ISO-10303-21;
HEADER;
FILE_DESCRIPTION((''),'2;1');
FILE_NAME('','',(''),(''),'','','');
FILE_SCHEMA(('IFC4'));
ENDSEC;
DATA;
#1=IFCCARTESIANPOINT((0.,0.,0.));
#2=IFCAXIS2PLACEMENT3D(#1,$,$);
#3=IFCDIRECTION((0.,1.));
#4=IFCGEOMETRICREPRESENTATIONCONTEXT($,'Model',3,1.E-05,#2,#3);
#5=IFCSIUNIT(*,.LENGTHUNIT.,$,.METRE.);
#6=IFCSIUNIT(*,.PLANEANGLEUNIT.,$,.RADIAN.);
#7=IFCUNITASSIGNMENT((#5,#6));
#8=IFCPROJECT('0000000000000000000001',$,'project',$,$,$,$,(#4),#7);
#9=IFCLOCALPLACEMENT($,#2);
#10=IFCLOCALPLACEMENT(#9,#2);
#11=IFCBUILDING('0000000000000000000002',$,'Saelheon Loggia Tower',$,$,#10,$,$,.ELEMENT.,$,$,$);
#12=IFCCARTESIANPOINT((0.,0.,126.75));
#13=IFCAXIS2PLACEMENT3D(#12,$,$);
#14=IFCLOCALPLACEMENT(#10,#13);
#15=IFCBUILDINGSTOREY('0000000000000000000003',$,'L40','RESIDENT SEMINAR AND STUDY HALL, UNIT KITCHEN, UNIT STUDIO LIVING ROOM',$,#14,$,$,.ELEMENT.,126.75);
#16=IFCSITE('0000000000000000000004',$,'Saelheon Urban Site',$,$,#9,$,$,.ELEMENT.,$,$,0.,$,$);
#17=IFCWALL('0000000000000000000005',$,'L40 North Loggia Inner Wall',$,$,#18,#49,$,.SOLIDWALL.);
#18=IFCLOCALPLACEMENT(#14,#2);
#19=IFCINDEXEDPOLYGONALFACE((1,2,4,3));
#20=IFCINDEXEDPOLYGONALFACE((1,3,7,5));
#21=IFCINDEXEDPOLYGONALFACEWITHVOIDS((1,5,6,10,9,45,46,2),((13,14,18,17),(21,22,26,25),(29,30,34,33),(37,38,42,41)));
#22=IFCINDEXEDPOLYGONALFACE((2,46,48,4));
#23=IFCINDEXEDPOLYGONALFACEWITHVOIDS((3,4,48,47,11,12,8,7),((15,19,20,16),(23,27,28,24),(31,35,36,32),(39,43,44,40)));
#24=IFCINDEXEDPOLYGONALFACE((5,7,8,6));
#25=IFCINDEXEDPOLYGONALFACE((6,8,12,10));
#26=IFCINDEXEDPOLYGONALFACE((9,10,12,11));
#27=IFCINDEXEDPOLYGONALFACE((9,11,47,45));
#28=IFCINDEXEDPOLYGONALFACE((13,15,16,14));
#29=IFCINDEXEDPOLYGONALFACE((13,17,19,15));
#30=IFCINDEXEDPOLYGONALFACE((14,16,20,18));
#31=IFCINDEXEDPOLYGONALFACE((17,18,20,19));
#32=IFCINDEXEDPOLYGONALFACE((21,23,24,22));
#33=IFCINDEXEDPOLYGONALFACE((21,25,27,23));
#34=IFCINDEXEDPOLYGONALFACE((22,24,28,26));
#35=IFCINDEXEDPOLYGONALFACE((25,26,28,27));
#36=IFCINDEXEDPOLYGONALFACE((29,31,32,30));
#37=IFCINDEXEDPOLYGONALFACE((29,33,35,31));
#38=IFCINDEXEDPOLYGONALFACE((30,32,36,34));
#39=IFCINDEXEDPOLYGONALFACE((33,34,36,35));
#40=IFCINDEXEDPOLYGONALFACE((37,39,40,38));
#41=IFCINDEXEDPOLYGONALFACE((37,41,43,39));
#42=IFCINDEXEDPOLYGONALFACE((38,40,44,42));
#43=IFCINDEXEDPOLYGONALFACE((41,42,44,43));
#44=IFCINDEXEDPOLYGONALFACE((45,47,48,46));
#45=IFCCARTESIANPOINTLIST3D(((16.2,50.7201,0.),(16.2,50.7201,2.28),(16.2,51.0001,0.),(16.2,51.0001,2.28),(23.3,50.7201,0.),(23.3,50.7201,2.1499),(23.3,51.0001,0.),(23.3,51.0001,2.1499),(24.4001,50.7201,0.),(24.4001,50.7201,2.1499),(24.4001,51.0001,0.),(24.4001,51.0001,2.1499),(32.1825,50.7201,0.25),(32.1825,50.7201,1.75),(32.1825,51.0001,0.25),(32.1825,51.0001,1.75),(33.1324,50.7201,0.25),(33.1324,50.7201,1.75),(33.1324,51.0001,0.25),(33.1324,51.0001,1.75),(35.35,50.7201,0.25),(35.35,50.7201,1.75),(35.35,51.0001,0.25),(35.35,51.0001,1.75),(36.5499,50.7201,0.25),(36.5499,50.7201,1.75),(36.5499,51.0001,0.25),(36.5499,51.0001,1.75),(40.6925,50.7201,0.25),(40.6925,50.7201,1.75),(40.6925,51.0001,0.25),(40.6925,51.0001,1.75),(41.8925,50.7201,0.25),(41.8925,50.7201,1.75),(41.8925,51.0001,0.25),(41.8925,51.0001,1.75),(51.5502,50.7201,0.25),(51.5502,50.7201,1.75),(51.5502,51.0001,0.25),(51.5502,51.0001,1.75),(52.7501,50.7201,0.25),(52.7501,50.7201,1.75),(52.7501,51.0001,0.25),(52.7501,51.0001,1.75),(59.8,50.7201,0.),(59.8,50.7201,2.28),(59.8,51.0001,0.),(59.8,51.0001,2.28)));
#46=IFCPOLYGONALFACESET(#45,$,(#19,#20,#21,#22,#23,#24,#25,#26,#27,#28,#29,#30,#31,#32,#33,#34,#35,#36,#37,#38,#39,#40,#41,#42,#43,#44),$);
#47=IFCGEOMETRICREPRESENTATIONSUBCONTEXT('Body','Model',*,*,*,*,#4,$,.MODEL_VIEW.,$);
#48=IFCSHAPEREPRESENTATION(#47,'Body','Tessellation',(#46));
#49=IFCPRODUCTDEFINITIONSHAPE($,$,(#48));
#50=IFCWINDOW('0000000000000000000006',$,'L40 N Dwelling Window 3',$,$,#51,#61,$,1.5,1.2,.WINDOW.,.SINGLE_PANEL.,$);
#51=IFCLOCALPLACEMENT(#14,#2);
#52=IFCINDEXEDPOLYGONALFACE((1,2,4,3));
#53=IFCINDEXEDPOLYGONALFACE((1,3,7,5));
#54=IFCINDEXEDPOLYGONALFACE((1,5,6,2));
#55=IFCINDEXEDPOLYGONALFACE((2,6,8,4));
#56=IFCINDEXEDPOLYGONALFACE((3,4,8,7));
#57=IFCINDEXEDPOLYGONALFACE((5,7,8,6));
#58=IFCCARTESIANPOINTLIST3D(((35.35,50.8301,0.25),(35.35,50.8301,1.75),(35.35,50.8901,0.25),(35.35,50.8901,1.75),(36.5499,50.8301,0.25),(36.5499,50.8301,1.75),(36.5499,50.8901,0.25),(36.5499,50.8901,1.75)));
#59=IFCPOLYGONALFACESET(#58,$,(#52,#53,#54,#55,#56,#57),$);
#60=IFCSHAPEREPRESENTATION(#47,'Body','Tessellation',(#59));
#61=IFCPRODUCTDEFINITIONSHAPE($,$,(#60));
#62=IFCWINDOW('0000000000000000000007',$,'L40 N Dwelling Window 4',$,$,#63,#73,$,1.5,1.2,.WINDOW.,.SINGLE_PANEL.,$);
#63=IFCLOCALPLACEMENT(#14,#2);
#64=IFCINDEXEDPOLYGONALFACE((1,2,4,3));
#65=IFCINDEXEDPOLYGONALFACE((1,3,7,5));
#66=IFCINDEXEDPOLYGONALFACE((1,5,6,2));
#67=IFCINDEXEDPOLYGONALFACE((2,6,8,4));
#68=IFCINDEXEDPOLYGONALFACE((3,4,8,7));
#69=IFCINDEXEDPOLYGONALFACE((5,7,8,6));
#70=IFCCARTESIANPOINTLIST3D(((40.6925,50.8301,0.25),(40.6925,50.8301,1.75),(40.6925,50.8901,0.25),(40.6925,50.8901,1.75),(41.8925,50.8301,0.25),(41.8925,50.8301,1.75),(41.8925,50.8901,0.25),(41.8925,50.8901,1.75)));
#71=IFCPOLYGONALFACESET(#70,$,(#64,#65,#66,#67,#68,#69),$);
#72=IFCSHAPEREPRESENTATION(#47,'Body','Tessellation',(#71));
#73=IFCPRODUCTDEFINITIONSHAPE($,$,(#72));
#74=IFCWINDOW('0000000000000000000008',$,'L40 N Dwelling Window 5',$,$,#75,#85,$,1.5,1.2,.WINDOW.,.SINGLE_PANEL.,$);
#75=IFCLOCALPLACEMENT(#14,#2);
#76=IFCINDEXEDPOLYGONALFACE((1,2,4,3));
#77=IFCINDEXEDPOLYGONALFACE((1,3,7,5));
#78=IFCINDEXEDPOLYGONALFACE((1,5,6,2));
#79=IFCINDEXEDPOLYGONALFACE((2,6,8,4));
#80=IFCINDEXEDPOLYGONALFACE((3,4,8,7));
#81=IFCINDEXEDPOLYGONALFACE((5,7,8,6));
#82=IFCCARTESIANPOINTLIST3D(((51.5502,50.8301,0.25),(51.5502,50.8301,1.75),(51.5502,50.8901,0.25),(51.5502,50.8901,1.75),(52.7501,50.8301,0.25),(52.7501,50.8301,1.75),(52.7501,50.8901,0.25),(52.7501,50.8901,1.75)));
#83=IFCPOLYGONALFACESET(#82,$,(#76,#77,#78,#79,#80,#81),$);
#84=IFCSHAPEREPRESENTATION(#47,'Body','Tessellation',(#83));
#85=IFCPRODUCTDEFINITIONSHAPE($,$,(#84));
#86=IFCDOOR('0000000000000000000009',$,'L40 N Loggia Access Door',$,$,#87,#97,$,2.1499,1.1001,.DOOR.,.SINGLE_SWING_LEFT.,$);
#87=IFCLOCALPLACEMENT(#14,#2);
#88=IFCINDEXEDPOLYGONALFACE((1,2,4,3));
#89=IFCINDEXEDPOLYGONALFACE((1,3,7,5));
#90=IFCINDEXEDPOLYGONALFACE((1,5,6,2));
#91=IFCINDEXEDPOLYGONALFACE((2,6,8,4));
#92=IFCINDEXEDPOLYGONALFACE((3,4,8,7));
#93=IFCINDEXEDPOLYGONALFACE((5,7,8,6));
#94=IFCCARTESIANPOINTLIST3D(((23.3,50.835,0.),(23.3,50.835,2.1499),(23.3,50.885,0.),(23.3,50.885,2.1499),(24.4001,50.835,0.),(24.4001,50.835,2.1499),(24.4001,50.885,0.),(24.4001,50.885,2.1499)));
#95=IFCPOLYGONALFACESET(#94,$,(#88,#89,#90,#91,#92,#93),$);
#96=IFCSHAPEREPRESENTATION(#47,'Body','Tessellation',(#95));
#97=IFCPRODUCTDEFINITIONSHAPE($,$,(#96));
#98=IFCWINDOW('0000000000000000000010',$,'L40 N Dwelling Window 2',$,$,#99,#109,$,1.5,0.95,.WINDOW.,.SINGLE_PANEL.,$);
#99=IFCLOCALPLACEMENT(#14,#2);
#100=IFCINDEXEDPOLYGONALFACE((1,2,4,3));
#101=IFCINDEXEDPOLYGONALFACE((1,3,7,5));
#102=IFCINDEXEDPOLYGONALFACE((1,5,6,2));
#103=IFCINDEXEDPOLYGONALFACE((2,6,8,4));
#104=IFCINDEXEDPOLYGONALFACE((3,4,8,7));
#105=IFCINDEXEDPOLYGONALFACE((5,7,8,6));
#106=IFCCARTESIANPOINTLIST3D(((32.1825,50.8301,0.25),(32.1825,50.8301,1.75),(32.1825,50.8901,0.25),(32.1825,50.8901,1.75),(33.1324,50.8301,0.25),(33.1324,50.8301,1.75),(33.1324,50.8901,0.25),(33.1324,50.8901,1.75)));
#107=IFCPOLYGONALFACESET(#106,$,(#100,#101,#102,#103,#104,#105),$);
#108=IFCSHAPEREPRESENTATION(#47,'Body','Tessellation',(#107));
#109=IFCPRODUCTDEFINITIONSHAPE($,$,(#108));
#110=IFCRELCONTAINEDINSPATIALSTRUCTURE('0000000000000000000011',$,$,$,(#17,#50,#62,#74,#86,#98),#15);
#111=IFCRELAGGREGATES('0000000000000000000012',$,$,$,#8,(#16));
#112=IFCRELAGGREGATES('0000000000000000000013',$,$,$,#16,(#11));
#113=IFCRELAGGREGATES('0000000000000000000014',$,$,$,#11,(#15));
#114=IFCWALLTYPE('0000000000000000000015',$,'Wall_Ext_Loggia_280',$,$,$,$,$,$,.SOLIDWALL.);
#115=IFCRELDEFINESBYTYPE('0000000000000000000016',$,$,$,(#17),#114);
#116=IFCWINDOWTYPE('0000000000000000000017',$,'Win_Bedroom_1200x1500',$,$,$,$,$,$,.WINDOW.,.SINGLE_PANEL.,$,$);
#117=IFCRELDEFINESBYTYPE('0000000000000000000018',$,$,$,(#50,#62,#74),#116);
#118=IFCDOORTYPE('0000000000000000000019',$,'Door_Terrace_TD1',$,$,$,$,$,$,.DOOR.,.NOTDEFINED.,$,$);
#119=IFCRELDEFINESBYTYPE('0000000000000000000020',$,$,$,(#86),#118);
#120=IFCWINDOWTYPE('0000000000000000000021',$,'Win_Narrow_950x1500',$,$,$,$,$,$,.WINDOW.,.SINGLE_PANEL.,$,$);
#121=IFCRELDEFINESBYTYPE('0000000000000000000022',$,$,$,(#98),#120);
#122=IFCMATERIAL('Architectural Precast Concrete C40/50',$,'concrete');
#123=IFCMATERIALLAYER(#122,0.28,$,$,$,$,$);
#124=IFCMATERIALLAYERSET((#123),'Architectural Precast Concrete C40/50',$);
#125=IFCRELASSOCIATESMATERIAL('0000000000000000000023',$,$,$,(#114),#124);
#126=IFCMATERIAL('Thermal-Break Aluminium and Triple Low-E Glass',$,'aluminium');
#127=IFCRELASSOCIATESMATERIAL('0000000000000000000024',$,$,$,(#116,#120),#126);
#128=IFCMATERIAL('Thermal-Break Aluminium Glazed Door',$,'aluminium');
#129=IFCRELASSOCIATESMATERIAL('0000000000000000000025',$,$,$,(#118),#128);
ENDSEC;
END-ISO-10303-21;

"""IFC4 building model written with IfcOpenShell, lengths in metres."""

from ifc_helpers import new_model, si_unit, direction, frame, frame_2d, origin, place, context, subcontext, project, spatial, rectangle, extrude, source, transform, mapped, material, layer, layer_set, type_object, element, fill, save


model = new_model("IFC4")

# Units and contexts
model_context = context("Model", 3, precision=1e-05, world=origin(), true_north=direction((0.0, 1.0)))
body_context = subcontext(model_context, "Body", "Model", "MODEL_VIEW")
ifc_project = project(units=[si_unit("LENGTHUNIT", "METRE"), si_unit("PLANEANGLEUNIT", "RADIAN")], contexts=[model_context])

# Site, building, storey
site_placement = place(None, origin())
site = spatial("IfcSite", under=ifc_project, at=site_placement, Name="Saelheon Urban Site", CompositionType="ELEMENT", RefElevation=0.0)
building_placement = place(site_placement, origin())
building = spatial("IfcBuilding", under=site, at=building_placement, Name="Saelheon Loggia Tower", CompositionType="ELEMENT")
storey_placement = place(building_placement, frame((0.0, 0.0, 126.75)))
storey = spatial("IfcBuildingStorey", under=building, at=storey_placement, Name="L40", Description="RESIDENT SEMINAR AND STUDY HALL, UNIT KITCHEN, UNIT STUDIO LIVING ROOM", CompositionType="ELEMENT", Elevation=126.75)

# Wall, openings, windows, door
ifc_material_1 = material(Name="Architectural Precast Concrete C40/50", Category="concrete")
ifc_layer_1 = layer(ifc_material_1, 0.28)
ifc_layer_set_1 = layer_set([ifc_layer_1], Name="Architectural Precast Concrete C40/50")
wall_type = type_object("IfcWallType", Name="Wall_Ext_Loggia_280", PredefinedType="SOLIDWALL", material=ifc_layer_set_1)
wall_placement = place(storey_placement, frame((16.2, 50.8601, 0.0), z_axis=(0.0, 0.0, 1.0), x_axis=(1.0, 0.0, 0.0)))
wall = element("IfcWall", 1, at=wall_placement, inside=storey, type_object=wall_type, Name="L40 North Loggia Inner Wall", PredefinedType="SOLIDWALL", context=body_context, shape_type="SweptSolid", body=[
    extrude(rectangle(XDim=43.6001, YDim=0.28, at=frame_2d((21.8, 0.0))), origin(), (0.0, 0.0, 1.0), 2.28),
])
opening_1_placement = place(wall_placement, frame((7.1001, 0.0, 0.0)))
opening_1 = element("IfcOpeningElement", 2, at=opening_1_placement, cuts=wall, PredefinedType="OPENING", context=body_context, shape_type="SweptSolid", body=[
    extrude(rectangle(XDim=1.1001, YDim=2.1499, at=frame_2d((0.55, 1.075))), frame((0.0, 0.1521, 0.0), z_axis=(0.0, -1.0, 0.0), x_axis=(1.0, 0.0, 0.0)), (0.0, 0.0, 1.0), 0.304),
])
opening_2_placement = place(wall_placement, frame((15.9824, 0.0, 0.25)))
opening_2 = element("IfcOpeningElement", 3, at=opening_2_placement, cuts=wall, PredefinedType="OPENING", context=body_context, shape_type="SweptSolid", body=[
    extrude(rectangle(XDim=0.95, YDim=1.5, at=frame_2d((0.4751, 0.75))), frame((0.0, 0.1521, 0.0), z_axis=(0.0, -1.0, 0.0), x_axis=(1.0, 0.0, 0.0)), (0.0, 0.0, 1.0), 0.304),
])
opening_3_placement = place(wall_placement, frame((19.1499, 0.0, 0.25)))
opening_3 = element("IfcOpeningElement", 4, at=opening_3_placement, cuts=wall, PredefinedType="OPENING", context=body_context, shape_type="SweptSolid", body=[
    extrude(rectangle(XDim=1.2, YDim=1.5, at=frame_2d((0.6001, 0.75))), frame((0.0, 0.1521, 0.0), z_axis=(0.0, -1.0, 0.0), x_axis=(1.0, 0.0, 0.0)), (0.0, 0.0, 1.0), 0.304),
])
opening_4_placement = place(wall_placement, frame((24.4924, 0.0, 0.25)))
opening_4 = element("IfcOpeningElement", 5, at=opening_4_placement, cuts=wall, PredefinedType="OPENING", context=body_context, shape_type="SweptSolid", body=[
    extrude(rectangle(XDim=1.2, YDim=1.5, at=frame_2d((0.6001, 0.75))), frame((0.0, 0.1521, 0.0), z_axis=(0.0, -1.0, 0.0), x_axis=(1.0, 0.0, 0.0)), (0.0, 0.0, 1.0), 0.304),
])
opening_5_placement = place(wall_placement, frame((35.3501, 0.0, 0.25)))
opening_5 = element("IfcOpeningElement", 6, at=opening_5_placement, cuts=wall, PredefinedType="OPENING", context=body_context, shape_type="SweptSolid", body=[
    extrude(rectangle(XDim=1.2, YDim=1.5, at=frame_2d((0.6001, 0.75))), frame((0.0, 0.1521, 0.0), z_axis=(0.0, -1.0, 0.0), x_axis=(1.0, 0.0, 0.0)), (0.0, 0.0, 1.0), 0.304),
])
ifc_material_2 = material(Name="Thermal-Break Aluminium and Triple Low-E Glass", Category="aluminium")
window_type_1 = type_object("IfcWindowType", Name="Win_Bedroom_1200x1500", PartitioningType="SINGLE_PANEL", PredefinedType="WINDOW", material=ifc_material_2)
shared_shape_1 = source(origin(), body_context, "Body", "SweptSolid", [
    extrude(rectangle(XDim=1.2, YDim=1.5, at=frame_2d((0.6001, 0.75))), frame((0.0, 0.03, 0.0), z_axis=(0.0, -1.0, 0.0), x_axis=(1.0, 0.0, 0.0)), (0.0, 0.0, 1.0), 0.0601),
])
window_1_placement = place(opening_3_placement, origin())
window_1 = element("IfcWindow", 7, at=window_1_placement, inside=storey, type_object=window_type_1, Name="L40 N Dwelling Window 3", OverallHeight=1.5, OverallWidth=1.2, PartitioningType="SINGLE_PANEL", PredefinedType="WINDOW", context=body_context, shape_type="MappedRepresentation", body=[
    mapped(shared_shape_1, transform((0.0, 0.0, 0.0), scale=1.0)),
])
fill(opening_3, window_1)
window_2_placement = place(opening_4_placement, origin())
window_2 = element("IfcWindow", 8, at=window_2_placement, inside=storey, type_object=window_type_1, Name="L40 N Dwelling Window 4", OverallHeight=1.5, OverallWidth=1.2, PartitioningType="SINGLE_PANEL", PredefinedType="WINDOW", context=body_context, shape_type="MappedRepresentation", body=[
    mapped(shared_shape_1, transform((0.0, 0.0, 0.0), scale=1.0)),
])
fill(opening_4, window_2)
window_3_placement = place(opening_5_placement, origin())
window_3 = element("IfcWindow", 9, at=window_3_placement, inside=storey, type_object=window_type_1, Name="L40 N Dwelling Window 5", OverallHeight=1.5, OverallWidth=1.2, PartitioningType="SINGLE_PANEL", PredefinedType="WINDOW", context=body_context, shape_type="MappedRepresentation", body=[
    mapped(shared_shape_1, transform((0.0, 0.0, 0.0), scale=1.0)),
])
fill(opening_5, window_3)
ifc_material_3 = material(Name="Thermal-Break Aluminium Glazed Door", Category="aluminium")
door_type = type_object("IfcDoorType", Name="Door_Terrace_TD1", OperationType="NOTDEFINED", PredefinedType="DOOR", material=ifc_material_3)
shared_shape_2 = source(origin(), body_context, "Body", "SweptSolid", [
    extrude(rectangle(XDim=1.1001, YDim=2.1499, at=frame_2d((0.55, 1.075))), frame((0.0, 0.0249, 0.0), z_axis=(0.0, -1.0, 0.0), x_axis=(1.0, 0.0, 0.0)), (0.0, 0.0, 1.0), 0.05),
])
door_placement = place(opening_1_placement, origin())
door = element("IfcDoor", 10, at=door_placement, inside=storey, type_object=door_type, Name="L40 N Loggia Access Door", OperationType="SINGLE_SWING_LEFT", OverallHeight=2.1499, OverallWidth=1.1001, PredefinedType="DOOR", context=body_context, shape_type="MappedRepresentation", body=[
    mapped(shared_shape_2, transform((0.0, 0.0, 0.0), scale=1.0)),
])
fill(opening_1, door)
window_type_2 = type_object("IfcWindowType", Name="Win_Narrow_950x1500", PartitioningType="SINGLE_PANEL", PredefinedType="WINDOW", material=ifc_material_2)
shared_shape_3 = source(origin(), body_context, "Body", "SweptSolid", [
    extrude(rectangle(XDim=0.95, YDim=1.5, at=frame_2d((0.4751, 0.75))), frame((0.0, 0.03, 0.0), z_axis=(0.0, -1.0, 0.0), x_axis=(1.0, 0.0, 0.0)), (0.0, 0.0, 1.0), 0.0601),
])
window_4_placement = place(opening_2_placement, origin())
window_4 = element("IfcWindow", 11, at=window_4_placement, inside=storey, type_object=window_type_2, Name="L40 N Dwelling Window 2", OverallHeight=1.5, OverallWidth=0.95, PartitioningType="SINGLE_PANEL", PredefinedType="WINDOW", context=body_context, shape_type="MappedRepresentation", body=[
    mapped(shared_shape_3, transform((0.0, 0.0, 0.0), scale=1.0)),
])
fill(opening_2, window_4)

save(model, "model.ifc")
